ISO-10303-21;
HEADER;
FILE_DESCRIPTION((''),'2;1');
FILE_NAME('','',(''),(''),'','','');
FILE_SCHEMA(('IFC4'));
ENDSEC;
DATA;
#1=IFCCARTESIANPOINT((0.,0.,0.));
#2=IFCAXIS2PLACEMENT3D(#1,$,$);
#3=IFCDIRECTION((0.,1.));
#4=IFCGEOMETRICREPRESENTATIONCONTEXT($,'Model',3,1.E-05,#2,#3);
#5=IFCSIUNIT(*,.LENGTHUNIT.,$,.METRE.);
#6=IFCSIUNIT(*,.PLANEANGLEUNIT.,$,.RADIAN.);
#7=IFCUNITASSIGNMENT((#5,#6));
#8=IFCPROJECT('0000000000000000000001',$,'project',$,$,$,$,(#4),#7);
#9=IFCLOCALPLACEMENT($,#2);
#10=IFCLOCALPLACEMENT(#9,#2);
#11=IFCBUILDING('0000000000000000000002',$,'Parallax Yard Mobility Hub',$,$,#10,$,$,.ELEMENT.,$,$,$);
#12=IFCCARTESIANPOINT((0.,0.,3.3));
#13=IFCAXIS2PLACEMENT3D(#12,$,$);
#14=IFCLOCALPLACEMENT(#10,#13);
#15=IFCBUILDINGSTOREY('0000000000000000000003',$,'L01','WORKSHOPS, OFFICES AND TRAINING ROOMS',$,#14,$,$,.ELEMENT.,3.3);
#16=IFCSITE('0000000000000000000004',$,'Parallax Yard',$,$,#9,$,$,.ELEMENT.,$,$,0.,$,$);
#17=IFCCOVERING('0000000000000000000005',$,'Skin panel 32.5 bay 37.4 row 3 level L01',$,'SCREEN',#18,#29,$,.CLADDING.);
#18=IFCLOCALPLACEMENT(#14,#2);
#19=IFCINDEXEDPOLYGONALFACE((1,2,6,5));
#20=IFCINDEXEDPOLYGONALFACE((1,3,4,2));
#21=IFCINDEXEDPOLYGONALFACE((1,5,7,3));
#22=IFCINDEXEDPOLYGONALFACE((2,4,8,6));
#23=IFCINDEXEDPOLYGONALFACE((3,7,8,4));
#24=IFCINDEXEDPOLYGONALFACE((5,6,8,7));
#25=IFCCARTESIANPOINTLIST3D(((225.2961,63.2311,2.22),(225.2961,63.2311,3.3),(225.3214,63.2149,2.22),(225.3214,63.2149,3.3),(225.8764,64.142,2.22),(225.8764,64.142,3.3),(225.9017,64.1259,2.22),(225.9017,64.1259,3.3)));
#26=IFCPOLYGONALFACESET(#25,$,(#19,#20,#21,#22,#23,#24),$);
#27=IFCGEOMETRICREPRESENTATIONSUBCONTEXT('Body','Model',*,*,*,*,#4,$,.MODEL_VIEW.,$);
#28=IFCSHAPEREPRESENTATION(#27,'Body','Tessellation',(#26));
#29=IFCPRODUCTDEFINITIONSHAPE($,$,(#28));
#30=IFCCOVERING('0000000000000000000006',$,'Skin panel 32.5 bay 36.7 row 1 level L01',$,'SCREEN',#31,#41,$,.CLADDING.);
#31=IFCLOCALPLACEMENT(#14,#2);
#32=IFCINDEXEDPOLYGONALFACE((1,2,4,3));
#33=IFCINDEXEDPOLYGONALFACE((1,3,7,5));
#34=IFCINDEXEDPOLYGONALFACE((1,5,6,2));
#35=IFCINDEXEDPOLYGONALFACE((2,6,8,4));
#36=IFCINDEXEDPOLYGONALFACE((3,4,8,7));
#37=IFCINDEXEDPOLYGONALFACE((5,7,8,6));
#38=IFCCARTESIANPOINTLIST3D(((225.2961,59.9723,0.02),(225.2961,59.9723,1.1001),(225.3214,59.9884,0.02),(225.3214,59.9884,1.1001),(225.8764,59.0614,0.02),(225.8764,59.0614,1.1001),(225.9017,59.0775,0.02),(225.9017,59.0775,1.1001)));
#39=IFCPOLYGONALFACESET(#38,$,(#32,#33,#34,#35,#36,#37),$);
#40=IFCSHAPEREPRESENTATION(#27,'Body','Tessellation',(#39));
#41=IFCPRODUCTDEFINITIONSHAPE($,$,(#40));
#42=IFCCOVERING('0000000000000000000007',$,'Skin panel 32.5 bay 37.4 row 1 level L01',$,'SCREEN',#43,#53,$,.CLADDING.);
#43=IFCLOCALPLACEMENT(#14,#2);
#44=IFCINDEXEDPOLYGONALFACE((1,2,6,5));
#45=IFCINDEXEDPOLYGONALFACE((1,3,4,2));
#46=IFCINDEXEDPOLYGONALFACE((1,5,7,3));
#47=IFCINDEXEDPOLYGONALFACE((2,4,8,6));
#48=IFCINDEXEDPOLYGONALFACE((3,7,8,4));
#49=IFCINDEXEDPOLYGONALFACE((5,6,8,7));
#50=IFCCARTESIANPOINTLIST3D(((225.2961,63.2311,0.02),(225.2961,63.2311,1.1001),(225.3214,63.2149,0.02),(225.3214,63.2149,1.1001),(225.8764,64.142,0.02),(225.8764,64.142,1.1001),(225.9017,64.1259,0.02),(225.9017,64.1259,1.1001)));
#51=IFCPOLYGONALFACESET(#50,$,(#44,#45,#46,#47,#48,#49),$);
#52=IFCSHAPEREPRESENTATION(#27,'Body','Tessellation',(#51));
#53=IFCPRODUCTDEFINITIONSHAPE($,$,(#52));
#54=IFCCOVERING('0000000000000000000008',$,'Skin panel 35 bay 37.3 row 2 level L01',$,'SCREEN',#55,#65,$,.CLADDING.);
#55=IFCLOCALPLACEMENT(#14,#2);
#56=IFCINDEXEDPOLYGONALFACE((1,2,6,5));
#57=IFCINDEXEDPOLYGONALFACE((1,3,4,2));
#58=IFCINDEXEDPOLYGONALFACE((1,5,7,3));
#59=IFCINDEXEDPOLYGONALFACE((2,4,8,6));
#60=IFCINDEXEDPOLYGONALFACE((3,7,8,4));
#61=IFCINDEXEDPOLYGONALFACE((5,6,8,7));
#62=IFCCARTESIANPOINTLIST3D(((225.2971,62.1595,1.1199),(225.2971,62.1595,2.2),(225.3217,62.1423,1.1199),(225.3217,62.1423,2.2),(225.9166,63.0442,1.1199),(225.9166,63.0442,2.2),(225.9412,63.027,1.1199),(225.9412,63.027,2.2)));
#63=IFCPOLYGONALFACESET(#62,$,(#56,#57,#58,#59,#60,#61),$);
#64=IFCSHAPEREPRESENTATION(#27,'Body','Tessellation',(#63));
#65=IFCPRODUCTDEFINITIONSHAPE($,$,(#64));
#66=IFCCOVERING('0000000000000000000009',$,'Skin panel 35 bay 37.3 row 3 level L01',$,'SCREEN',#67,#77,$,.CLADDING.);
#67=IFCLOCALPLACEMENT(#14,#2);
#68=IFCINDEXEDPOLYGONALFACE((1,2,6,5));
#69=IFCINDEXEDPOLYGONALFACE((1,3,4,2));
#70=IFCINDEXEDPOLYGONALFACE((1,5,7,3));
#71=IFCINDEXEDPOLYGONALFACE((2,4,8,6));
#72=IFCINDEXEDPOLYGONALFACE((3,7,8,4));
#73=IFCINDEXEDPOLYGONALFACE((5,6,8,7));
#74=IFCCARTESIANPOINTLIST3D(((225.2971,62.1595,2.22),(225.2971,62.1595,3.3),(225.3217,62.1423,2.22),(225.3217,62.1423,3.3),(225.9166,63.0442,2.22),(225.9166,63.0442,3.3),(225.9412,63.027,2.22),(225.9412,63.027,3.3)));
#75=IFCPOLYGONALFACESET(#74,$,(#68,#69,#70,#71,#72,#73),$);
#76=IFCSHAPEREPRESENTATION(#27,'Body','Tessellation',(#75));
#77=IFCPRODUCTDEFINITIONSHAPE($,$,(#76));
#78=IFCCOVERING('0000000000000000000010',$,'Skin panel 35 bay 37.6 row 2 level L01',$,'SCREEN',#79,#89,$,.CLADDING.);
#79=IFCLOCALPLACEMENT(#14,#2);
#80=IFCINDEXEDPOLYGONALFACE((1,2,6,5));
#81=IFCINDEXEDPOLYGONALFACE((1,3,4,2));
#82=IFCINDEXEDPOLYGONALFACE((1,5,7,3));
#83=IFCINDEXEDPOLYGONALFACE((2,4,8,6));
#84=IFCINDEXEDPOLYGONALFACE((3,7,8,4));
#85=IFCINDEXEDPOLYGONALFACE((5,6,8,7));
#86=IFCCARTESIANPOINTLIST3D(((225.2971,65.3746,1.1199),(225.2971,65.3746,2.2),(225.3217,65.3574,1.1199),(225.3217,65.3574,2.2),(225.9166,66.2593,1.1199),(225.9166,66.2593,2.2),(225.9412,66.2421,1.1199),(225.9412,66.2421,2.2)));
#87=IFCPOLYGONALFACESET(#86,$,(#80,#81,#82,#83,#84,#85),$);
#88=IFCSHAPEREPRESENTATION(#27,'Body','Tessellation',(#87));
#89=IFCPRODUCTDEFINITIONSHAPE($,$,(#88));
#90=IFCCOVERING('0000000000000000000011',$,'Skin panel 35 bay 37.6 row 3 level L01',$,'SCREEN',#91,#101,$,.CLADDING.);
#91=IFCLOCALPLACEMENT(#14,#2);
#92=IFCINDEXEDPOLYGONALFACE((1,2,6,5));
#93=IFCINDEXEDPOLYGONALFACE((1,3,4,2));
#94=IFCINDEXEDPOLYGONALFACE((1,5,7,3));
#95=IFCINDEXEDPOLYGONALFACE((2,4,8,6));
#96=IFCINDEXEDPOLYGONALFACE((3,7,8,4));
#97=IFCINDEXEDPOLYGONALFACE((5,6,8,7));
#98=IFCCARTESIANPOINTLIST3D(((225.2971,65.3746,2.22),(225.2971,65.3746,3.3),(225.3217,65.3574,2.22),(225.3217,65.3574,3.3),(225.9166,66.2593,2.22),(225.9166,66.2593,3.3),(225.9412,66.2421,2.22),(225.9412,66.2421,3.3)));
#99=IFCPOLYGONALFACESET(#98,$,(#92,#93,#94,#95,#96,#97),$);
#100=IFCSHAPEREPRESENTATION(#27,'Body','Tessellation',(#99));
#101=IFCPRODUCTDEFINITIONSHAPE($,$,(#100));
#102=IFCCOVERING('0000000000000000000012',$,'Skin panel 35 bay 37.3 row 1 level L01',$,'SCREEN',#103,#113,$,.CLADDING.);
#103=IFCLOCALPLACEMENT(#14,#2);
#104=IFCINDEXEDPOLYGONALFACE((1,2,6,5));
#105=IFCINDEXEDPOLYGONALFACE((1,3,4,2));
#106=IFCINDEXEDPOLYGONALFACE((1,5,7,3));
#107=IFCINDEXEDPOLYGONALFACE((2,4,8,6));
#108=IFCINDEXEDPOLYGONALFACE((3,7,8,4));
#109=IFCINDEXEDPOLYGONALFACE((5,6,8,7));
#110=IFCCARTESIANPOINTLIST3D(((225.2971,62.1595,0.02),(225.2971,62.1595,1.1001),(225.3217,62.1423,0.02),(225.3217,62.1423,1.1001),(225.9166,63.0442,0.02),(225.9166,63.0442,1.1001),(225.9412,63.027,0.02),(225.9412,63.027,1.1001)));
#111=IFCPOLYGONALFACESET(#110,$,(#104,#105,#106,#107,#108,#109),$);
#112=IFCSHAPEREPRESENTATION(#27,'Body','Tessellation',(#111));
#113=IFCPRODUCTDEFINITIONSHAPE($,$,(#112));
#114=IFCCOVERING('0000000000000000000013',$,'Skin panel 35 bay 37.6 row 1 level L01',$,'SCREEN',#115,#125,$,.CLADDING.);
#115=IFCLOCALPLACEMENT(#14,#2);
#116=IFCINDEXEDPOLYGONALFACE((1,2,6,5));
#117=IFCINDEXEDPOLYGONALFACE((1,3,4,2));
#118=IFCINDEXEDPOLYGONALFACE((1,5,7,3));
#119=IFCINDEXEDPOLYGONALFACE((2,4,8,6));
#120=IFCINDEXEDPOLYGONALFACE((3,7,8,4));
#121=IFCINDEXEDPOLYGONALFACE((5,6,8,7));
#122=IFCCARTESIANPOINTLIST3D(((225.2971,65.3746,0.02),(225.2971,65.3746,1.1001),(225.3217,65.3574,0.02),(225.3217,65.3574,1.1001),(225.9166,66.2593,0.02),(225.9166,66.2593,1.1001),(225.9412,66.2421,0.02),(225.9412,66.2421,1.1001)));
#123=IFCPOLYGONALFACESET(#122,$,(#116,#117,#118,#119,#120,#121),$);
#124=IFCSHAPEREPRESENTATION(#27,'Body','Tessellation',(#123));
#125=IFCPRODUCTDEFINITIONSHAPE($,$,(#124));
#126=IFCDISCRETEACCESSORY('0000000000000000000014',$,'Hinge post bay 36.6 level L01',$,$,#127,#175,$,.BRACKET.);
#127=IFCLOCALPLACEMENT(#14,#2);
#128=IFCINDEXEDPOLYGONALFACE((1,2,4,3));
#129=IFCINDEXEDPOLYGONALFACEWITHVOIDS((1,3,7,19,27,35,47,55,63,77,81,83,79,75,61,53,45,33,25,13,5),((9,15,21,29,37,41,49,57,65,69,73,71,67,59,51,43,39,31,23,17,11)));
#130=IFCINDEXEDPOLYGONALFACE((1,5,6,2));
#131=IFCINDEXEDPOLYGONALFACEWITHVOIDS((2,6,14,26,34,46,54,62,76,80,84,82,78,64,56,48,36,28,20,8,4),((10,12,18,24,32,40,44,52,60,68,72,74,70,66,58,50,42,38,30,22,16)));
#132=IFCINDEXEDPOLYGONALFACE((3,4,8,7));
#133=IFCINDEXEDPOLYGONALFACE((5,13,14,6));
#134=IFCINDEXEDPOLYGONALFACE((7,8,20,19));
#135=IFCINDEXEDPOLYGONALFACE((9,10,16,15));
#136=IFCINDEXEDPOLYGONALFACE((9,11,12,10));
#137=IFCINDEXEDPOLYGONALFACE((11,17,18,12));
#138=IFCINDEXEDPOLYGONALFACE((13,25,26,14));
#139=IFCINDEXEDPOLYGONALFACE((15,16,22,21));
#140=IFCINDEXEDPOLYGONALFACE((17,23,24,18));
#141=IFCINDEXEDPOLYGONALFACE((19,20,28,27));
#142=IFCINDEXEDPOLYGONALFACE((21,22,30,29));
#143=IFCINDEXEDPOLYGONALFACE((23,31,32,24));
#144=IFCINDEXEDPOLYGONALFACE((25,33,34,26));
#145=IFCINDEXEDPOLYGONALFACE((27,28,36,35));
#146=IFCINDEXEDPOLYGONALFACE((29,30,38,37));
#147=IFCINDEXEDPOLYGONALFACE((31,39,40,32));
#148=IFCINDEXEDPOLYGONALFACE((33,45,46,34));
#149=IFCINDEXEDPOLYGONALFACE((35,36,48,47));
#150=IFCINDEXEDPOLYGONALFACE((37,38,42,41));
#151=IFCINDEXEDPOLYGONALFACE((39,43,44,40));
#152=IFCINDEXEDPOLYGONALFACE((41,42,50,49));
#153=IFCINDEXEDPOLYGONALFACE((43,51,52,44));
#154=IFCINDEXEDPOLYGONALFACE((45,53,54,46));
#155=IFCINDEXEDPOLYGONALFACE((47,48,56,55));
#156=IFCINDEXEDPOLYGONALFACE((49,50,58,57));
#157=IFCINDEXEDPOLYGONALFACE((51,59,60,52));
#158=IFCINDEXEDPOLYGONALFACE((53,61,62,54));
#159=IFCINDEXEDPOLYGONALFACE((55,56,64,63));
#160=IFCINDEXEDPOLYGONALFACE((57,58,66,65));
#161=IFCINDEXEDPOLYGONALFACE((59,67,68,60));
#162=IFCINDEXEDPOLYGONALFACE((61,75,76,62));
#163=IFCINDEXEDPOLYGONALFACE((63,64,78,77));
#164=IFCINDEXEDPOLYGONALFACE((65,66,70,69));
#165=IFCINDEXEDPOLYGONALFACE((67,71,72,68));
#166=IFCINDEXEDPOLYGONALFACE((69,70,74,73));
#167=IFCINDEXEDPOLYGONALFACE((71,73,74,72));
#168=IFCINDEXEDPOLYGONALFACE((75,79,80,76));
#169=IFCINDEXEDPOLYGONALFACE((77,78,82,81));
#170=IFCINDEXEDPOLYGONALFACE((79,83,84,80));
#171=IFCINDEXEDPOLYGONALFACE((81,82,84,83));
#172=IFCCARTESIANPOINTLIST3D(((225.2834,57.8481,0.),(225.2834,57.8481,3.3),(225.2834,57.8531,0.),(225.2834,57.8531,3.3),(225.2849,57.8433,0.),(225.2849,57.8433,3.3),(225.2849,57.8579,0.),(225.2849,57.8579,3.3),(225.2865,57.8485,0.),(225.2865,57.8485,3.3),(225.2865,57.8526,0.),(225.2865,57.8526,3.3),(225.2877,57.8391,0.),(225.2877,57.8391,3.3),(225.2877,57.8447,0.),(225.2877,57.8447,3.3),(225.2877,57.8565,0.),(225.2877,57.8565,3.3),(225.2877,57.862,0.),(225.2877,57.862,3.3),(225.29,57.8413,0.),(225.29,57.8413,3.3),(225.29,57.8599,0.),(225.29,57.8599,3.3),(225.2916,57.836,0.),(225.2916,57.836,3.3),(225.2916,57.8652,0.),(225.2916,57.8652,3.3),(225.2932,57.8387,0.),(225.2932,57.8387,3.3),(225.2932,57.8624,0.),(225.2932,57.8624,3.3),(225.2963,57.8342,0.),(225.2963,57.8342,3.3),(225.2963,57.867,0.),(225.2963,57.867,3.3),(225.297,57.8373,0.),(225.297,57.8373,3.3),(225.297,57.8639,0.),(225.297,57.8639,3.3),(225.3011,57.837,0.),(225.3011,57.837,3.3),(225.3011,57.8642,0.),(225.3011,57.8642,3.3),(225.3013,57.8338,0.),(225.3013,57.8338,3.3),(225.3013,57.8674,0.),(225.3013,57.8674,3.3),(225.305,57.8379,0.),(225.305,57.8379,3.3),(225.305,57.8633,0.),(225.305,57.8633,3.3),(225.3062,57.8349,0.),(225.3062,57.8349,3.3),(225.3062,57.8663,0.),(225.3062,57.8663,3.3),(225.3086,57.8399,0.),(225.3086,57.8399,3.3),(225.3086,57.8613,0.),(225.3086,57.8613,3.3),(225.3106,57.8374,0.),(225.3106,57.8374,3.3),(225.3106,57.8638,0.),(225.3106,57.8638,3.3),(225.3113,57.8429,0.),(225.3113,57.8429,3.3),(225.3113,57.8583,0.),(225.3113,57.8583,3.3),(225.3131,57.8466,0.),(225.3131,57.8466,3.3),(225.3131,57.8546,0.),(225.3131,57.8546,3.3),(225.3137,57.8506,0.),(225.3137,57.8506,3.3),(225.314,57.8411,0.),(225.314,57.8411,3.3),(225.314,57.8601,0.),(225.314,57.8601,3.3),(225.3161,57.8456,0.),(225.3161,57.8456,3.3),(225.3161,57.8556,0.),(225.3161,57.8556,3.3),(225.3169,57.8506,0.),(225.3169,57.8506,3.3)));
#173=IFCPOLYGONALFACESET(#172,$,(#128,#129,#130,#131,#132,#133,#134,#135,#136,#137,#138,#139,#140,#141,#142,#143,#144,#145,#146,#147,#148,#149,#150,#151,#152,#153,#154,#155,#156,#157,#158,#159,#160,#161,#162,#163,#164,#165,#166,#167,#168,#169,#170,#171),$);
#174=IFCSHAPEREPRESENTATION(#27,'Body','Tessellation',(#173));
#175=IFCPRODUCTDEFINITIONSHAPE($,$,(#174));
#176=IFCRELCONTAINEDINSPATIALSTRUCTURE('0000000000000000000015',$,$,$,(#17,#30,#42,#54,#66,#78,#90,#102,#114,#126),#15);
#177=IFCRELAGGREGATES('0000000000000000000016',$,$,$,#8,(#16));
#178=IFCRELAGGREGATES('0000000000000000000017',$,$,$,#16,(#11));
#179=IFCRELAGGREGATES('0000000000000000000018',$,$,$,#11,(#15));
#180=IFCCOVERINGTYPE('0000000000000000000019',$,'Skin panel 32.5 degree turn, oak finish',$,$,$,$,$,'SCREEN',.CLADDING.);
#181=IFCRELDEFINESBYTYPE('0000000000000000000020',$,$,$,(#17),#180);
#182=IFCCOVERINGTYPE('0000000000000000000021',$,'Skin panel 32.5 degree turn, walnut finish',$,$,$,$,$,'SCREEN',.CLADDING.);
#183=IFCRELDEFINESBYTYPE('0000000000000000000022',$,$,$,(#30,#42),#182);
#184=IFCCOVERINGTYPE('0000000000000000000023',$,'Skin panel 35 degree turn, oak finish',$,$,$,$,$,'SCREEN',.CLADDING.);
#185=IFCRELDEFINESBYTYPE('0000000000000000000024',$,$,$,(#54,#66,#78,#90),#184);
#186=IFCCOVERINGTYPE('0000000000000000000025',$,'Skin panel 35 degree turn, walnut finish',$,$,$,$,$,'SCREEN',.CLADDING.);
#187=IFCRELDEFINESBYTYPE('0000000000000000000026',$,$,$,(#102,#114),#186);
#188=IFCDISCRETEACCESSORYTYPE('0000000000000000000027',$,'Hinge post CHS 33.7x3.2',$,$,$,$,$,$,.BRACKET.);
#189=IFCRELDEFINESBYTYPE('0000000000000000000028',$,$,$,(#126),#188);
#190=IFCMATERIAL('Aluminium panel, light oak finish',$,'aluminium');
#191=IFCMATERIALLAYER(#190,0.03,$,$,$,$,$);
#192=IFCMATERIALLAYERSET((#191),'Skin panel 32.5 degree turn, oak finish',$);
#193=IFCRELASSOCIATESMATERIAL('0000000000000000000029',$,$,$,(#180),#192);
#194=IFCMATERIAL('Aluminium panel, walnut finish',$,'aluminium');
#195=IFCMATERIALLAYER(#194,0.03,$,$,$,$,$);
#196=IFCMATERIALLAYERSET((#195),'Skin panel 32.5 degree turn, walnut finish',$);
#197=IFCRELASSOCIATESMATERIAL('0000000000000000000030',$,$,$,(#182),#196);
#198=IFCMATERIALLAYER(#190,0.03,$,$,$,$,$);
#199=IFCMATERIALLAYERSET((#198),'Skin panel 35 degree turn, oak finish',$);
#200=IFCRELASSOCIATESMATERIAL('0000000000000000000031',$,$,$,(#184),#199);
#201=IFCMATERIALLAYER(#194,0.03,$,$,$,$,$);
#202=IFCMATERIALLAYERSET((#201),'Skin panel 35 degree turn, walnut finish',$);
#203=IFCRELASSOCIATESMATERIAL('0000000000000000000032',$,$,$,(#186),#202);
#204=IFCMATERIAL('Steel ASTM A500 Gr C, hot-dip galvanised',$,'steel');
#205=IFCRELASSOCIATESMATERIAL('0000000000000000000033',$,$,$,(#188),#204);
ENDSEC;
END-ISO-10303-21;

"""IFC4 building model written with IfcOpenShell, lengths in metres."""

from ifc_helpers import new_model, si_unit, direction, frame, origin, origin_2d, place, context, subcontext, project, spatial, rectangle, hollow_circle, extrude, material, layer, layer_set, material_profile, profile_set, type_object, element, save


model = new_model("IFC4")

# Units and contexts
model_context = context("Model", 3, precision=1e-05, world=origin(), true_north=direction((0.0, 1.0)))
body_context = subcontext(model_context, "Body", "Model", "MODEL_VIEW")
ifc_project = project(units=[si_unit("LENGTHUNIT", "METRE"), si_unit("PLANEANGLEUNIT", "RADIAN")], contexts=[model_context])

# Site, building, storey
site_placement = place(None, origin())
site = spatial("IfcSite", under=ifc_project, at=site_placement, Name="Parallax Yard", CompositionType="ELEMENT", RefElevation=0.0)
building_placement = place(site_placement, origin())
building = spatial("IfcBuilding", under=site, at=building_placement, Name="Parallax Yard Mobility Hub", CompositionType="ELEMENT")
storey_placement = place(building_placement, frame((0.0, 0.0, 3.3)))
storey = spatial("IfcBuildingStorey", under=building, at=storey_placement, Name="L01", Description="WORKSHOPS, OFFICES AND TRAINING ROOMS", CompositionType="ELEMENT", Elevation=3.3)

# Coverings
ifc_material_1 = material(Name="Aluminium panel, walnut finish", Category="aluminium")
ifc_material_2 = material(Name="Aluminium panel, light oak finish", Category="aluminium")
ifc_layer_1 = layer(ifc_material_2, 0.03)
ifc_layer_set_1 = layer_set([ifc_layer_1], Name="Skin panel 32.5 degree turn, oak finish")
covering_type_1 = type_object("IfcCoveringType", Name="Skin panel 32.5 degree turn, oak finish", ElementType="SCREEN", PredefinedType="CLADDING", material=ifc_layer_set_1)
for number, where, z_axis, x_axis, name in (
    (1, (225.5989, 63.6785, 2.22), (0.0, 0.0, 1.0), (0.5373, 0.843391, 0.0), "Skin panel 32.5 bay 37.4 row 3 level L01"),
):
    element("IfcCovering", number, at=place(storey_placement, frame(where, z_axis=z_axis, x_axis=x_axis)), inside=storey, type_object=covering_type_1, Name=name, ObjectType="SCREEN", PredefinedType="CLADDING", context=body_context, shape_type="SweptSolid", body=[
        extrude(rectangle(XDim=1.0801, YDim=0.03, at=origin_2d()), origin(), (0.0, 0.0, 1.0), 1.0801),
    ])
ifc_layer_2 = layer(ifc_material_1, 0.03)
ifc_layer_set_2 = layer_set([ifc_layer_2], Name="Skin panel 32.5 degree turn, walnut finish")
covering_type_2 = type_object("IfcCoveringType", Name="Skin panel 32.5 degree turn, walnut finish", ElementType="SCREEN", PredefinedType="CLADDING", material=ifc_layer_set_2)
for number, where, z_axis, x_axis, name in (
    (2, (225.5989, 59.5249, 0.02), (0.0, 0.0, 1.0), (0.5373, -0.843391, 0.0), "Skin panel 32.5 bay 36.7 row 1 level L01"),
    (3, (225.5989, 63.6785, 0.02), (0.0, 0.0, 1.0), (0.5373, 0.843391, 0.0), "Skin panel 32.5 bay 37.4 row 1 level L01"),
):
    element("IfcCovering", number, at=place(storey_placement, frame(where, z_axis=z_axis, x_axis=x_axis)), inside=storey, type_object=covering_type_2, Name=name, ObjectType="SCREEN", PredefinedType="CLADDING", context=body_context, shape_type="SweptSolid", body=[
        extrude(rectangle(XDim=1.0801, YDim=0.03, at=origin_2d()), origin(), (0.0, 0.0, 1.0), 1.0801),
    ])
ifc_layer_3 = layer(ifc_material_2, 0.03)
ifc_layer_set_3 = layer_set([ifc_layer_3], Name="Skin panel 35 degree turn, oak finish")
covering_type_3 = type_object("IfcCoveringType", Name="Skin panel 35 degree turn, oak finish", ElementType="SCREEN", PredefinedType="CLADDING", material=ifc_layer_set_3)
for number, where, z_axis, x_axis, name in (
    (4, (225.6191, 62.5933, 1.1199), (0.0, 0.0, 1.0), (0.573576, 0.819152, 0.0), "Skin panel 35 bay 37.3 row 2 level L01"),
    (5, (225.6191, 62.5933, 2.22), (0.0, 0.0, 1.0), (0.573576, 0.819152, 0.0), "Skin panel 35 bay 37.3 row 3 level L01"),
    (6, (225.6191, 65.8083, 1.1199), (0.0, 0.0, 1.0), (0.573576, 0.819152, 0.0), "Skin panel 35 bay 37.6 row 2 level L01"),
    (7, (225.6191, 65.8083, 2.22), (0.0, 0.0, 1.0), (0.573576, 0.819152, 0.0), "Skin panel 35 bay 37.6 row 3 level L01"),
):
    element("IfcCovering", number, at=place(storey_placement, frame(where, z_axis=z_axis, x_axis=x_axis)), inside=storey, type_object=covering_type_3, Name=name, ObjectType="SCREEN", PredefinedType="CLADDING", context=body_context, shape_type="SweptSolid", body=[
        extrude(rectangle(XDim=1.0801, YDim=0.03, at=origin_2d()), origin(), (0.0, 0.0, 1.0), 1.0801),
    ])
ifc_layer_4 = layer(ifc_material_1, 0.03)
ifc_layer_set_4 = layer_set([ifc_layer_4], Name="Skin panel 35 degree turn, walnut finish")
covering_type_4 = type_object("IfcCoveringType", Name="Skin panel 35 degree turn, walnut finish", ElementType="SCREEN", PredefinedType="CLADDING", material=ifc_layer_set_4)
for number, where, z_axis, x_axis, name in (
    (8, (225.6191, 62.5933, 0.02), (0.0, 0.0, 1.0), (0.573576, 0.819152, 0.0), "Skin panel 35 bay 37.3 row 1 level L01"),
    (9, (225.6191, 65.8083, 0.02), (0.0, 0.0, 1.0), (0.573576, 0.819152, 0.0), "Skin panel 35 bay 37.6 row 1 level L01"),
):
    element("IfcCovering", number, at=place(storey_placement, frame(where, z_axis=z_axis, x_axis=x_axis)), inside=storey, type_object=covering_type_4, Name=name, ObjectType="SCREEN", PredefinedType="CLADDING", context=body_context, shape_type="SweptSolid", body=[
        extrude(rectangle(XDim=1.0801, YDim=0.03, at=origin_2d()), origin(), (0.0, 0.0, 1.0), 1.0801),
    ])

# Discrete accessory
ifc_material_3 = material(Name="Steel ASTM A500 Gr C, hot-dip galvanised", Category="steel")
ifc_material_profile = material_profile(ifc_material_3, hollow_circle(Radius=0.0168, WallThickness=0.0032, at=origin_2d()), Name="CHS 33.7x3.2")
ifc_profile_set = profile_set([ifc_material_profile], Name="Steel ASTM A500 Gr C, hot-dip galvanised")
discrete_accessory_type = type_object("IfcDiscreteAccessoryType", Name="Hinge post CHS 33.7x3.2", PredefinedType="BRACKET", material=ifc_profile_set)
for number, where, z_axis, x_axis, name in (
    (10, (225.3, 57.8506, 0.0), (0.0, 0.0, 1.0), (1.0, 0.0, 0.0), "Hinge post bay 36.6 level L01"),
):
    element("IfcDiscreteAccessory", number, at=place(storey_placement, frame(where, z_axis=z_axis, x_axis=x_axis)), inside=storey, type_object=discrete_accessory_type, Name=name, PredefinedType="BRACKET", context=body_context, shape_type="SweptSolid", body=[
        extrude(hollow_circle(Radius=0.0168, WallThickness=0.0032, at=origin_2d()), origin(), (0.0, 0.0, 1.0), 3.3),
    ])

save(model, "model.ifc")
